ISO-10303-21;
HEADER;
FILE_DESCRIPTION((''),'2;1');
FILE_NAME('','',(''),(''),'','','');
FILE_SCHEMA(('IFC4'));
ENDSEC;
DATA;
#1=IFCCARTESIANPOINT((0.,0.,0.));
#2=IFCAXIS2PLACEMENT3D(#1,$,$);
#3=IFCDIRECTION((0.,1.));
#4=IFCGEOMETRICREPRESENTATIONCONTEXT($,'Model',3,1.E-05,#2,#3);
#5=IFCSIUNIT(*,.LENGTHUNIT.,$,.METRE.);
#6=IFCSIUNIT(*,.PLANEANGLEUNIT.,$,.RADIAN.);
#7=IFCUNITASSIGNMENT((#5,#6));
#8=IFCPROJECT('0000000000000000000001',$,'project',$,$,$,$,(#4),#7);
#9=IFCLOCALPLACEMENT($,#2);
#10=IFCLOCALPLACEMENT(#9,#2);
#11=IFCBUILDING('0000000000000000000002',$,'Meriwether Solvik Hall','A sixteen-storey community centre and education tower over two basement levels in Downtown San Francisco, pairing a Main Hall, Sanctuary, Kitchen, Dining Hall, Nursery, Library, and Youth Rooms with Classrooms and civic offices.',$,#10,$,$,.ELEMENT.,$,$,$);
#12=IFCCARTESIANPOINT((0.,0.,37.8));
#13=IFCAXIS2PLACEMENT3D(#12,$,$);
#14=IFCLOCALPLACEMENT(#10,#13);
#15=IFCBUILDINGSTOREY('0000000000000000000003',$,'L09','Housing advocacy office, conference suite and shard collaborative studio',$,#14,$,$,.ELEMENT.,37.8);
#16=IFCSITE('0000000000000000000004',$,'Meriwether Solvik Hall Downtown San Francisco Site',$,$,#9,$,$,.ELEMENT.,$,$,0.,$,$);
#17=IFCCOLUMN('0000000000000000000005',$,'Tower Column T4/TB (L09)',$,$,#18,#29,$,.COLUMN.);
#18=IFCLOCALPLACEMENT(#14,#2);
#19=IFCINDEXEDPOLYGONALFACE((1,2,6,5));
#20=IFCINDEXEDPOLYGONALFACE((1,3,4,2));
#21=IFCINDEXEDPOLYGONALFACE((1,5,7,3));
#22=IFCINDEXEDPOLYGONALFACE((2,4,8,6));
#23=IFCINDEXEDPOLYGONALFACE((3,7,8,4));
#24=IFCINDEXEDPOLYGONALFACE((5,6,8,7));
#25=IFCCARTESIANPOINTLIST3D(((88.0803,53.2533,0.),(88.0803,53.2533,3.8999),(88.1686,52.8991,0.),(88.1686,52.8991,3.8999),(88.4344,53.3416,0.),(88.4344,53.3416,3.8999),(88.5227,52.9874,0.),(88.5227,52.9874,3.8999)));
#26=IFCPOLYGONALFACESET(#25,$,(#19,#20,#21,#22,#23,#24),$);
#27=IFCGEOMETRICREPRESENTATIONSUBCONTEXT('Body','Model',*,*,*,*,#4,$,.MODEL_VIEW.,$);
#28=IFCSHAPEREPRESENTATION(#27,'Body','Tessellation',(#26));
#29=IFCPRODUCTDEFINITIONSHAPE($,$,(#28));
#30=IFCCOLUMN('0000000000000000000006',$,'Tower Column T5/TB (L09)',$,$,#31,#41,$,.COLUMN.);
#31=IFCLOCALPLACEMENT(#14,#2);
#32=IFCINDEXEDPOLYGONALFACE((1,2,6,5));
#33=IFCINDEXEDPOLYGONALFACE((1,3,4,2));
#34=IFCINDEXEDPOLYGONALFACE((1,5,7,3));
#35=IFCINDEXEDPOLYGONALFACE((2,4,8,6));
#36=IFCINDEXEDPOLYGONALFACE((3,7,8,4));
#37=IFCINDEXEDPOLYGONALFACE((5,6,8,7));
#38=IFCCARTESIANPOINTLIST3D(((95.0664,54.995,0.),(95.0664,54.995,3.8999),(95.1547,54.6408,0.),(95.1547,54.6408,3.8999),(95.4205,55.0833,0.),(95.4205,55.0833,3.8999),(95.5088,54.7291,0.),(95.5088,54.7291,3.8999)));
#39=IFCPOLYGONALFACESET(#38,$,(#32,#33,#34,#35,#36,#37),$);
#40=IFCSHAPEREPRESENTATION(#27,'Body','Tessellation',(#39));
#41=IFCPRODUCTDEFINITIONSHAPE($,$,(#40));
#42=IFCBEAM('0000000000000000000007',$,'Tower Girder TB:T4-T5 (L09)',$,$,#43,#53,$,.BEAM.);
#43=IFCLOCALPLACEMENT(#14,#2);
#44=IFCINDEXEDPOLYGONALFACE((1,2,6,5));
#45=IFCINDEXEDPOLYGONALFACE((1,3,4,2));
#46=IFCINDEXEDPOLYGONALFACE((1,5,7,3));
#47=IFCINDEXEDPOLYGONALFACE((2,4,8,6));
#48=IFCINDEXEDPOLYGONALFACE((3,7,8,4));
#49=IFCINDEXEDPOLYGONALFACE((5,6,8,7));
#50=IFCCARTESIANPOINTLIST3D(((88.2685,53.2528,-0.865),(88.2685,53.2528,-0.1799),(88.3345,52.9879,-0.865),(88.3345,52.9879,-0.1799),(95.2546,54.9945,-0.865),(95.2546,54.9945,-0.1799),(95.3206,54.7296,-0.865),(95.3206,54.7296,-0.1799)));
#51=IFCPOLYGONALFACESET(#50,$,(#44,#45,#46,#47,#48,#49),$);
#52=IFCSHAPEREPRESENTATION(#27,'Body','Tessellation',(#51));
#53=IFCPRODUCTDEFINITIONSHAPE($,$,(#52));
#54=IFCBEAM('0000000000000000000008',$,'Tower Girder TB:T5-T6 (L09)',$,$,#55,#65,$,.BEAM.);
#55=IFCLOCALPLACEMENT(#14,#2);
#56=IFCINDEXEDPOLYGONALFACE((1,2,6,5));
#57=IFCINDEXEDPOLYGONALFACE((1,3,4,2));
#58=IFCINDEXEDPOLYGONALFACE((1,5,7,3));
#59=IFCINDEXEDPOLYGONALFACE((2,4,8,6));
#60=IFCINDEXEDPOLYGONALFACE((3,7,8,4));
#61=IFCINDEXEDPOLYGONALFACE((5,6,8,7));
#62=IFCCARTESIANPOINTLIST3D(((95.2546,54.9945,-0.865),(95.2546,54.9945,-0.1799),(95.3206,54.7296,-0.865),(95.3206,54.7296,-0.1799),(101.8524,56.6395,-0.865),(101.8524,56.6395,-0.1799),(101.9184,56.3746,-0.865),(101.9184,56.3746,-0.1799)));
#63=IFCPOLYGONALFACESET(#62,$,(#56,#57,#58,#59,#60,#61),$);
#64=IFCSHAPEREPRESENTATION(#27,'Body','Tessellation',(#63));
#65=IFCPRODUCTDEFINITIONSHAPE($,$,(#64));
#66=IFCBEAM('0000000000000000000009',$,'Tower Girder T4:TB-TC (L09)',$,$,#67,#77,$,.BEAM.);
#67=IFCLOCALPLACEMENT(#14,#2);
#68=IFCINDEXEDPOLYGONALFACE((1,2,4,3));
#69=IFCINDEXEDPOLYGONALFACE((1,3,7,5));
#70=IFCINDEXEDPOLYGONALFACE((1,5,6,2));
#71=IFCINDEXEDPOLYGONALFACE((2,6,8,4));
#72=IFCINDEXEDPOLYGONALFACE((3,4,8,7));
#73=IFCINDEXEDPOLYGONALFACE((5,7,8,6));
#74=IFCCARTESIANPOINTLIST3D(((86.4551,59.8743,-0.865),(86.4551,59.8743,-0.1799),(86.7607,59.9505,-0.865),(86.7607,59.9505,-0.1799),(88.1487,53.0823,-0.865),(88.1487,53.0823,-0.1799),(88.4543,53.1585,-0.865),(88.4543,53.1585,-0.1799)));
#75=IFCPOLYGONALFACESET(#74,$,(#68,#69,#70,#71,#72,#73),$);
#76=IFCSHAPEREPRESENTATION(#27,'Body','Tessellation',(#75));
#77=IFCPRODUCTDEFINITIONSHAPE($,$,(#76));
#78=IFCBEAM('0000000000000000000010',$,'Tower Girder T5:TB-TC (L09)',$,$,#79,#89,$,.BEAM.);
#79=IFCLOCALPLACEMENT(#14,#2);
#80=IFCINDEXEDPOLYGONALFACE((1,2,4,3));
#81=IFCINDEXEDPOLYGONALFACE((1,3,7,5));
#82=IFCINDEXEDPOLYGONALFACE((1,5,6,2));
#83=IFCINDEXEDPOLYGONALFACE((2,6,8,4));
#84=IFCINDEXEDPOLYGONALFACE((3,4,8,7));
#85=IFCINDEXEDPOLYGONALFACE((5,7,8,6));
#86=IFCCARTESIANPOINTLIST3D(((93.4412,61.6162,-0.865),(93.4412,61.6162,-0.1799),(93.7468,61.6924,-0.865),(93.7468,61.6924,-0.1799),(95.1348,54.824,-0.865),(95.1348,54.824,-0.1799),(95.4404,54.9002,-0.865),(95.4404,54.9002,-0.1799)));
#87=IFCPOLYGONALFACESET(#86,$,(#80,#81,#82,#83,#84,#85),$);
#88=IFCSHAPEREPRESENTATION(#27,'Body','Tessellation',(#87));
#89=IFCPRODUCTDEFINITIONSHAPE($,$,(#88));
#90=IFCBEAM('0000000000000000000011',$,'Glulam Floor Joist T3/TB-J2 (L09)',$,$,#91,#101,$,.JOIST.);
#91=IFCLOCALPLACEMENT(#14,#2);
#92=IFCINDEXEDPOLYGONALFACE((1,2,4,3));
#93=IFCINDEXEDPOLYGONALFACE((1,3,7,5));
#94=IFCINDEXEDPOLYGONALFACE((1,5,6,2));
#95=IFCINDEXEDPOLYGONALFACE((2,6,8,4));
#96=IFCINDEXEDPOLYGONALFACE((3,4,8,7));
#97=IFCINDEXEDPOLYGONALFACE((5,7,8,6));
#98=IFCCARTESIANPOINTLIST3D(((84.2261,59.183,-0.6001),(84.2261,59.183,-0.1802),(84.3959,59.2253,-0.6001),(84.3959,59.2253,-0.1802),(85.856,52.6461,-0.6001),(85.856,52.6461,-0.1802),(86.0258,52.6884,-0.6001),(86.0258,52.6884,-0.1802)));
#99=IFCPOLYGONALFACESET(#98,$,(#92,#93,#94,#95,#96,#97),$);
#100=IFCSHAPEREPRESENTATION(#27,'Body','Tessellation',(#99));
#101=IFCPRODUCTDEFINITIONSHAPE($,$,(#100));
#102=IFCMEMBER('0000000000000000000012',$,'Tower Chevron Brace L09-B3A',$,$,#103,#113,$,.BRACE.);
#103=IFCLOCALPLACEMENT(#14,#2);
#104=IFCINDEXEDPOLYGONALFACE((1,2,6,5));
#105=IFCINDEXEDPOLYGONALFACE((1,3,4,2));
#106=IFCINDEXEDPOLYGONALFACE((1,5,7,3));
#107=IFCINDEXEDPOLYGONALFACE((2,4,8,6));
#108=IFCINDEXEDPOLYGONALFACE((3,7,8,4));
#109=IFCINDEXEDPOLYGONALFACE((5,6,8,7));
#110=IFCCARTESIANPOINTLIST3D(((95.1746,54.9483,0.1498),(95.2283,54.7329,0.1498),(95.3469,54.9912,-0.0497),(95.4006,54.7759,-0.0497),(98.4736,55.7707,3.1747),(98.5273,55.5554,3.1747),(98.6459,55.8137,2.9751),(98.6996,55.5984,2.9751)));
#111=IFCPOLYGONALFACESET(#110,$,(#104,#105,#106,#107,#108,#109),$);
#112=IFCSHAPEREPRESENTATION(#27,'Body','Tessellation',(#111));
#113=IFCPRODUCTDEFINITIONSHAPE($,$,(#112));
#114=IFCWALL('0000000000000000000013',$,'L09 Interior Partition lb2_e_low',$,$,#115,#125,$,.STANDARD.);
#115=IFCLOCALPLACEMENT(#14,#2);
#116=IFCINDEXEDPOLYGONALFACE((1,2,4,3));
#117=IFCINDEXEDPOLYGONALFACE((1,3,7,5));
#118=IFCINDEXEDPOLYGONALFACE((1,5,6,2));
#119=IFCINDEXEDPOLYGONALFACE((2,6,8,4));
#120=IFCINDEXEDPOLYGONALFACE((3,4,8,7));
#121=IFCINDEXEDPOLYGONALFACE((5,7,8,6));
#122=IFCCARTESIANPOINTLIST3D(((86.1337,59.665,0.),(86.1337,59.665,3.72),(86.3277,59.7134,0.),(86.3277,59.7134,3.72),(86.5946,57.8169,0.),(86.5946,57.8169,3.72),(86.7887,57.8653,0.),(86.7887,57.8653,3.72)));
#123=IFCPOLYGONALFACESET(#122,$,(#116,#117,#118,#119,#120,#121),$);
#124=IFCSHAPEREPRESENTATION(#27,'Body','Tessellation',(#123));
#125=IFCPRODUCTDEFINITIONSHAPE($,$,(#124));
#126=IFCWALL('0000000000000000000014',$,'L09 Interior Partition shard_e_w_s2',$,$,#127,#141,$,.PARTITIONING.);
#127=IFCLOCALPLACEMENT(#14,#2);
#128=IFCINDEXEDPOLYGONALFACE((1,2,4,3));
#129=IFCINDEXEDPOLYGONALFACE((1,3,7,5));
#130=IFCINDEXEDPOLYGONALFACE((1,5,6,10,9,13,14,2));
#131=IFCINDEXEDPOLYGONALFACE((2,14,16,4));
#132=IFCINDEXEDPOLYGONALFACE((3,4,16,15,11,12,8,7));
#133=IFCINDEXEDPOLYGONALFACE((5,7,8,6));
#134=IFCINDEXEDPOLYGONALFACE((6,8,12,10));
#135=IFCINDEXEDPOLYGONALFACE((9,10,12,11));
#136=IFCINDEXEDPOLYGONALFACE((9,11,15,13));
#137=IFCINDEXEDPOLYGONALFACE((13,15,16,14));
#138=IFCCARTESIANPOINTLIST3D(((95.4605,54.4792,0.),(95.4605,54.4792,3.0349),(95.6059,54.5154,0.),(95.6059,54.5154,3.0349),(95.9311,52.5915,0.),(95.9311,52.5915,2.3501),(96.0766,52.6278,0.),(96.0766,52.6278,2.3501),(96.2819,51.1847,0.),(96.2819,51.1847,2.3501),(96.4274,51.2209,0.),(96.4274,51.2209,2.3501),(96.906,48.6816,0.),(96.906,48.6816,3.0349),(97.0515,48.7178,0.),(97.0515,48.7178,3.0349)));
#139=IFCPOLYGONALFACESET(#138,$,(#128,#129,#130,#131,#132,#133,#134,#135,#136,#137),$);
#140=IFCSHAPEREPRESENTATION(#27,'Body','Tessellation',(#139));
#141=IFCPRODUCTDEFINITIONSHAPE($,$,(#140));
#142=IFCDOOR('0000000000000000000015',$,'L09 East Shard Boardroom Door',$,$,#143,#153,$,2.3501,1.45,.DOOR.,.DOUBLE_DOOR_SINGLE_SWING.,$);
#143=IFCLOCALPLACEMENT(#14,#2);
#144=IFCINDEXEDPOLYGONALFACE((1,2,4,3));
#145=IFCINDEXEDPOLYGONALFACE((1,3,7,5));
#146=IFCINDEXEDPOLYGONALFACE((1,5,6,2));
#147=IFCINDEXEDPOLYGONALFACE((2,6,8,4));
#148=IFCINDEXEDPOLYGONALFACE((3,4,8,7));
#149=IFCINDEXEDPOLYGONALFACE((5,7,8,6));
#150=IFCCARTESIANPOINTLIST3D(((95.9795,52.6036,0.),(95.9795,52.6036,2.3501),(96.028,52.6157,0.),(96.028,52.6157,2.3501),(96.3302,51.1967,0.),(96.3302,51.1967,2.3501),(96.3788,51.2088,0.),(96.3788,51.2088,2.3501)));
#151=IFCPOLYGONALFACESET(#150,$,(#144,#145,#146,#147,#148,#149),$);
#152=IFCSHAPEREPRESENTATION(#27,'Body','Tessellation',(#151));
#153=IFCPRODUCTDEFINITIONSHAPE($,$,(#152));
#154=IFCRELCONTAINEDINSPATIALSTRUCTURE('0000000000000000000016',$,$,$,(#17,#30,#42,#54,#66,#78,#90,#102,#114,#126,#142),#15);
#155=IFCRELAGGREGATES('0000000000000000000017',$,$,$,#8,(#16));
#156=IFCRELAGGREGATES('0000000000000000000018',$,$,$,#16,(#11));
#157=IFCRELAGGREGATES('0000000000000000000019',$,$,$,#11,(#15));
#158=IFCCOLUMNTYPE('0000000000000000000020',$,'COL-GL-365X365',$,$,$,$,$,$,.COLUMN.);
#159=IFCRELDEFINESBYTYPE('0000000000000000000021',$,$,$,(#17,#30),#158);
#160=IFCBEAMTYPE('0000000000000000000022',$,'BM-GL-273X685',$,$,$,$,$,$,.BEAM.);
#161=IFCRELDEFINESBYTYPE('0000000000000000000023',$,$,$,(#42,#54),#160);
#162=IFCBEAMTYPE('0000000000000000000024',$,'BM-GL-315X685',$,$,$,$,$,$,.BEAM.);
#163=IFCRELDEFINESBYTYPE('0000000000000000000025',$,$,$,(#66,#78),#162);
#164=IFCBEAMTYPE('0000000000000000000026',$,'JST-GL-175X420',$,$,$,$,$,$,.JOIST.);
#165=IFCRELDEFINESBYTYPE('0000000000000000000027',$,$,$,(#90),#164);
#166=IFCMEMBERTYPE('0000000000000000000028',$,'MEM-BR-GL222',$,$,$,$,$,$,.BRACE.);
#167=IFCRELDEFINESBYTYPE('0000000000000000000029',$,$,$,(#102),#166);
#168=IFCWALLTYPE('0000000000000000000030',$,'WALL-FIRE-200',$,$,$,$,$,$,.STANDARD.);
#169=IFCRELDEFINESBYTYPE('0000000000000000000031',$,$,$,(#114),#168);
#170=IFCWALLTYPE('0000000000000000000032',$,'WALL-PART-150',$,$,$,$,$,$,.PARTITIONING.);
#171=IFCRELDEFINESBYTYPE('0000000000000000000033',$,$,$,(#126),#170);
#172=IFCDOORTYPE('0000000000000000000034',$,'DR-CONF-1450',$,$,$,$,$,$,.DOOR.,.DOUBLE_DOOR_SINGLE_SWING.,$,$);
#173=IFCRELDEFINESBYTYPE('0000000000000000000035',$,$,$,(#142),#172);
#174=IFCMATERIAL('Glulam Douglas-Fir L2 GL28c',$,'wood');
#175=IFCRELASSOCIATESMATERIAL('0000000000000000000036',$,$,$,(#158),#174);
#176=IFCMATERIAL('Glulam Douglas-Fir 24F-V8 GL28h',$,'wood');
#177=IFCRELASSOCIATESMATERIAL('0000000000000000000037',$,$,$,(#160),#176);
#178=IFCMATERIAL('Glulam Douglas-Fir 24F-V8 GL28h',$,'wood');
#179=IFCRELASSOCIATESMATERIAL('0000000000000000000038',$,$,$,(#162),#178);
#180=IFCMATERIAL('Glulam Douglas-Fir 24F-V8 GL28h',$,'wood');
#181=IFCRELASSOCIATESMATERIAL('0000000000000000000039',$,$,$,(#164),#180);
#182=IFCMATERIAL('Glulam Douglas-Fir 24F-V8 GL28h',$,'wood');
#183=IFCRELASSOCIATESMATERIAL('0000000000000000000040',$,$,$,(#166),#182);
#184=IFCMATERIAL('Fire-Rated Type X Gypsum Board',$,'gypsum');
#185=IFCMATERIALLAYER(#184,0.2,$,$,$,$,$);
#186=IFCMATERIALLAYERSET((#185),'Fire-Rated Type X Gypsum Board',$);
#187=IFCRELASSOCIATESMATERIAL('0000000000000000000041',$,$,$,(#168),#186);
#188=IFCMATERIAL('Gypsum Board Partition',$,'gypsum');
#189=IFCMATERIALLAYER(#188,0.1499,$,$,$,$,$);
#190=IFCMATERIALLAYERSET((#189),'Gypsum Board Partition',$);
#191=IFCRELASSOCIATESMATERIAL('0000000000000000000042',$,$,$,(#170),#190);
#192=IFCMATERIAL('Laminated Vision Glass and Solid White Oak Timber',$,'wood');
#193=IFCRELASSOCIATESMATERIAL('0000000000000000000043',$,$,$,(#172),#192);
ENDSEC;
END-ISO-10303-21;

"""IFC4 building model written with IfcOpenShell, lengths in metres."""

from ifc_helpers import new_model, si_unit, direction, frame, frame_2d, origin, origin_2d, place, context, subcontext, project, spatial, rectangle, extrude, material, layer, layer_set, material_profile, profile_set, type_object, element, fill, save


model = new_model("IFC4")

# Units and contexts
model_context = context("Model", 3, precision=1e-05, world=origin(), true_north=direction((0.0, 1.0)))
body_context = subcontext(model_context, "Body", "Model", "MODEL_VIEW")
ifc_project = project(units=[si_unit("LENGTHUNIT", "METRE"), si_unit("PLANEANGLEUNIT", "RADIAN")], contexts=[model_context])

# Site, building, storey
site_placement = place(None, origin())
site = spatial("IfcSite", under=ifc_project, at=site_placement, Name="Meriwether Solvik Hall Downtown San Francisco Site", CompositionType="ELEMENT", RefElevation=0.0)
building_placement = place(site_placement, origin())
building = spatial("IfcBuilding", under=site, at=building_placement, Name="Meriwether Solvik Hall", Description="A sixteen-storey community centre and education tower over two basement levels in Downtown San Francisco, pairing a Main Hall, Sanctuary, Kitchen, Dining Hall, Nursery, Library, and Youth Rooms with Classrooms and civic offices.", CompositionType="ELEMENT")
storey_placement = place(building_placement, frame((0.0, 0.0, 37.8)))
storey = spatial("IfcBuildingStorey", under=building, at=storey_placement, Name="L09", Description="Housing advocacy office, conference suite and shard collaborative studio", CompositionType="ELEMENT", Elevation=37.8)

# Columns
ifc_material_1 = material(Name="Glulam Douglas-Fir L2 GL28c", Category="wood")
ifc_material_profile_1 = material_profile(ifc_material_1, rectangle(XDim=0.365, YDim=0.365, at=origin_2d()), Name="GLC-365X365")
ifc_profile_set_1 = profile_set([ifc_material_profile_1], Name="Glulam Douglas-Fir L2 GL28c")
column_type = type_object("IfcColumnType", Name="COL-GL-365X365", PredefinedType="COLUMN", material=ifc_profile_set_1)
for number, where, z_axis, x_axis, name in (
    (1, (88.3015, 53.1204, 0.0), (0.0, 0.0, 1.0), (0.970296, 0.241922, 0.0), "Tower Column T4/TB (L09)"),
    (2, (95.2876, 54.8621, 0.0), (0.0, 0.0, 1.0), (0.970296, 0.241922, 0.0), "Tower Column T5/TB (L09)"),
):
    element("IfcColumn", number, at=place(storey_placement, frame(where, z_axis=z_axis, x_axis=x_axis)), inside=storey, type_object=column_type, Name=name, PredefinedType="COLUMN", context=body_context, shape_type="SweptSolid", body=[
        extrude(rectangle(XDim=0.365, YDim=0.365, at=origin_2d()), origin(), (0.0, 0.0, 1.0), 3.8999),
    ])

# Beams
ifc_material_2 = material(Name="Glulam Douglas-Fir 24F-V8 GL28h", Category="wood")
ifc_material_profile_2 = material_profile(ifc_material_2, rectangle(XDim=0.2729, YDim=0.6851, at=origin_2d()), Name="GLB-273X685")
ifc_profile_set_2 = profile_set([ifc_material_profile_2], Name="Glulam Douglas-Fir 24F-V8 GL28h")
beam_type_1 = type_object("IfcBeamType", Name="BM-GL-273X685", PredefinedType="BEAM", material=ifc_profile_set_2)
beam_1_placement = place(storey_placement, frame((88.3015, 53.1204, -0.5225), z_axis=(0.9703, 0.241905, 0.0), x_axis=(-0.241905, 0.9703, 0.0)))
element("IfcBeam", 3, at=beam_1_placement, inside=storey, type_object=beam_type_1, Name="Tower Girder TB:T4-T5 (L09)", PredefinedType="BEAM", context=body_context, shape_type="SweptSolid", body=[
    extrude(rectangle(XDim=0.2729, YDim=0.6851, at=origin_2d()), origin(), (0.0, 0.0, 1.0), 7.2),
])
beam_2_placement = place(storey_placement, frame((95.2876, 54.8621, -0.5225), z_axis=(0.970296, 0.241919, 0.0), x_axis=(-0.241919, 0.970296, 0.0)))
element("IfcBeam", 4, at=beam_2_placement, inside=storey, type_object=beam_type_1, Name="Tower Girder TB:T5-T6 (L09)", PredefinedType="BEAM", context=body_context, shape_type="SweptSolid", body=[
    extrude(rectangle(XDim=0.2729, YDim=0.6851, at=origin_2d()), origin(), (0.0, 0.0, 1.0), 6.7998),
])
ifc_material_3 = material(Name="Glulam Douglas-Fir 24F-V8 GL28h", Category="wood")
ifc_material_profile_3 = material_profile(ifc_material_3, rectangle(XDim=0.3149, YDim=0.6851, at=origin_2d()), Name="GLB-315X685")
ifc_profile_set_3 = profile_set([ifc_material_profile_3], Name="Glulam Douglas-Fir 24F-V8 GL28h")
beam_type_2 = type_object("IfcBeamType", Name="BM-GL-315X685", PredefinedType="BEAM", material=ifc_profile_set_3)
beam_3_placement = place(storey_placement, frame((88.3015, 53.1204, -0.5225), z_axis=(-0.241945, 0.97029, 0.0), x_axis=(-0.97029, -0.241945, 0.0)))
element("IfcBeam", 5, at=beam_3_placement, inside=storey, type_object=beam_type_2, Name="Tower Girder T4:TB-TC (L09)", PredefinedType="BEAM", context=body_context, shape_type="SweptSolid", body=[
    extrude(rectangle(XDim=0.3149, YDim=0.6851, at=origin_2d()), origin(), (0.0, 0.0, 1.0), 7.0),
])
beam_4_placement = place(storey_placement, frame((95.2876, 54.8621, -0.5225), z_axis=(-0.241937, 0.970292, 0.0), x_axis=(-0.970292, -0.241937, 0.0)))
element("IfcBeam", 6, at=beam_4_placement, inside=storey, type_object=beam_type_2, Name="Tower Girder T5:TB-TC (L09)", PredefinedType="BEAM", context=body_context, shape_type="SweptSolid", body=[
    extrude(rectangle(XDim=0.3149, YDim=0.6851, at=origin_2d()), origin(), (0.0, 0.0, 1.0), 7.0002),
])
ifc_material_4 = material(Name="Glulam Douglas-Fir 24F-V8 GL28h", Category="wood")
ifc_material_profile_4 = material_profile(ifc_material_4, rectangle(XDim=0.175, YDim=0.4199, at=origin_2d()), Name="GLJ-175X420")
ifc_profile_set_4 = profile_set([ifc_material_profile_4], Name="Glulam Douglas-Fir 24F-V8 GL28h")
beam_type_3 = type_object("IfcBeamType", Name="JST-GL-175X420", PredefinedType="JOIST", material=ifc_profile_set_4)
beam_5_placement = place(storey_placement, frame((85.9409, 52.6672, -0.3901), z_axis=(-0.24193, 0.970294, 0.0), x_axis=(-0.970294, -0.24193, 0.0)))
element("IfcBeam", 7, at=beam_5_placement, inside=storey, type_object=beam_type_3, Name="Glulam Floor Joist T3/TB-J2 (L09)", PredefinedType="JOIST", context=body_context, shape_type="SweptSolid", body=[
    extrude(rectangle(XDim=0.175, YDim=0.4199, at=origin_2d()), origin(), (0.0, 0.0, 1.0), 6.7371),
])

# Member
ifc_material_5 = material(Name="Glulam Douglas-Fir 24F-V8 GL28h", Category="wood")
ifc_material_profile_5 = material_profile(ifc_material_5, rectangle(XDim=0.2219, YDim=0.2671, at=origin_2d()), Name="GLM-222X267")
ifc_profile_set_5 = profile_set([ifc_material_profile_5], Name="Glulam Douglas-Fir 24F-V8 GL28h")
member_type = type_object("IfcMemberType", Name="MEM-BR-GL222", PredefinedType="BRACE", material=ifc_profile_set_5)
member_placement = place(storey_placement, frame((95.2876, 54.8621, 0.05), z_axis=(0.724932, 0.180737, 0.664686), x_axis=(-0.24191, 0.970299, 0.0)))
element("IfcMember", 8, at=member_placement, inside=storey, type_object=member_type, Name="Tower Chevron Brace L09-B3A", PredefinedType="BRACE", context=body_context, shape_type="SweptSolid", body=[
    extrude(rectangle(XDim=0.2219, YDim=0.2671, at=origin_2d()), origin(), (0.0, 0.0, 1.0), 4.5508),
])

# Wall
ifc_material_6 = material(Name="Fire-Rated Type X Gypsum Board", Category="gypsum")
ifc_layer_1 = layer(ifc_material_6, 0.2)
ifc_layer_set_1 = layer_set([ifc_layer_1], Name="Fire-Rated Type X Gypsum Board")
wall_type_1 = type_object("IfcWallType", Name="WALL-FIRE-200", PredefinedType="STANDARD", material=ifc_layer_set_1)
wall_1_placement = place(storey_placement, frame((86.6917, 57.8411, 0.0), z_axis=(0.0, 0.0, 1.0), x_axis=(-0.241993, 0.970278, 0.0)))
element("IfcWall", 9, at=wall_1_placement, inside=storey, type_object=wall_type_1, Name="L09 Interior Partition lb2_e_low", PredefinedType="STANDARD", context=body_context, shape_type="SweptSolid", body=[
    extrude(rectangle(XDim=1.9048, YDim=0.2, at=frame_2d((0.9524, 0.0))), origin(), (0.0, 0.0, 1.0), 3.72),
])

# Wall, opening, door
ifc_material_7 = material(Name="Gypsum Board Partition", Category="gypsum")
ifc_layer_2 = layer(ifc_material_7, 0.1499)
ifc_layer_set_2 = layer_set([ifc_layer_2], Name="Gypsum Board Partition")
wall_type_2 = type_object("IfcWallType", Name="WALL-PART-150", PredefinedType="PARTITIONING", material=ifc_layer_set_2)
wall_2_placement = place(storey_placement, frame((95.5332, 54.4973, 0.0), z_axis=(0.0, 0.0, 1.0), x_axis=(0.24193, -0.970294, 0.0)))
wall_2 = element("IfcWall", 10, at=wall_2_placement, inside=storey, type_object=wall_type_2, Name="L09 Interior Partition shard_e_w_s2", PredefinedType="PARTITIONING", context=body_context, shape_type="SweptSolid", body=[
    extrude(rectangle(XDim=5.9751, YDim=0.1499, at=frame_2d((2.9875, 0.0))), origin(), (0.0, 0.0, 1.0), 3.0349),
])
opening_1_placement = place(wall_2_placement, frame((1.9453, 0.0, 0.0)))
opening_1 = element("IfcOpeningElement", 11, at=opening_1_placement, cuts=wall_2, PredefinedType="OPENING", context=body_context, shape_type="SweptSolid", body=[
    extrude(rectangle(XDim=1.45, YDim=2.3501, at=frame_2d((0.7251, 1.175))), frame((0.0, 0.0869, 0.0), z_axis=(0.0, -1.0, 0.0), x_axis=(1.0, 0.0, 0.0)), (0.0, 0.0, 1.0), 0.1738),
])
ifc_material_8 = material(Name="Laminated Vision Glass and Solid White Oak Timber", Category="wood")
door_type_1 = type_object("IfcDoorType", Name="DR-CONF-1450", OperationType="DOUBLE_DOOR_SINGLE_SWING", PredefinedType="DOOR", material=ifc_material_8)
door_1_placement = place(opening_1_placement, origin())
door_1 = element("IfcDoor", 12, at=door_1_placement, inside=storey, type_object=door_type_1, Name="L09 East Shard Boardroom Door", OperationType="DOUBLE_DOOR_SINGLE_SWING", OverallHeight=2.3501, OverallWidth=1.45, PredefinedType="DOOR", context=body_context, shape_type="SweptSolid", body=[
    extrude(rectangle(XDim=1.45, YDim=2.3501, at=frame_2d((0.7251, 1.175))), frame((0.0, 0.0249, 0.0), z_axis=(0.0, -1.0, 0.0), x_axis=(1.0, 0.0, 0.0)), (0.0, 0.0, 1.0), 0.05),
])
fill(opening_1, door_1)

save(model, "model.ifc")
